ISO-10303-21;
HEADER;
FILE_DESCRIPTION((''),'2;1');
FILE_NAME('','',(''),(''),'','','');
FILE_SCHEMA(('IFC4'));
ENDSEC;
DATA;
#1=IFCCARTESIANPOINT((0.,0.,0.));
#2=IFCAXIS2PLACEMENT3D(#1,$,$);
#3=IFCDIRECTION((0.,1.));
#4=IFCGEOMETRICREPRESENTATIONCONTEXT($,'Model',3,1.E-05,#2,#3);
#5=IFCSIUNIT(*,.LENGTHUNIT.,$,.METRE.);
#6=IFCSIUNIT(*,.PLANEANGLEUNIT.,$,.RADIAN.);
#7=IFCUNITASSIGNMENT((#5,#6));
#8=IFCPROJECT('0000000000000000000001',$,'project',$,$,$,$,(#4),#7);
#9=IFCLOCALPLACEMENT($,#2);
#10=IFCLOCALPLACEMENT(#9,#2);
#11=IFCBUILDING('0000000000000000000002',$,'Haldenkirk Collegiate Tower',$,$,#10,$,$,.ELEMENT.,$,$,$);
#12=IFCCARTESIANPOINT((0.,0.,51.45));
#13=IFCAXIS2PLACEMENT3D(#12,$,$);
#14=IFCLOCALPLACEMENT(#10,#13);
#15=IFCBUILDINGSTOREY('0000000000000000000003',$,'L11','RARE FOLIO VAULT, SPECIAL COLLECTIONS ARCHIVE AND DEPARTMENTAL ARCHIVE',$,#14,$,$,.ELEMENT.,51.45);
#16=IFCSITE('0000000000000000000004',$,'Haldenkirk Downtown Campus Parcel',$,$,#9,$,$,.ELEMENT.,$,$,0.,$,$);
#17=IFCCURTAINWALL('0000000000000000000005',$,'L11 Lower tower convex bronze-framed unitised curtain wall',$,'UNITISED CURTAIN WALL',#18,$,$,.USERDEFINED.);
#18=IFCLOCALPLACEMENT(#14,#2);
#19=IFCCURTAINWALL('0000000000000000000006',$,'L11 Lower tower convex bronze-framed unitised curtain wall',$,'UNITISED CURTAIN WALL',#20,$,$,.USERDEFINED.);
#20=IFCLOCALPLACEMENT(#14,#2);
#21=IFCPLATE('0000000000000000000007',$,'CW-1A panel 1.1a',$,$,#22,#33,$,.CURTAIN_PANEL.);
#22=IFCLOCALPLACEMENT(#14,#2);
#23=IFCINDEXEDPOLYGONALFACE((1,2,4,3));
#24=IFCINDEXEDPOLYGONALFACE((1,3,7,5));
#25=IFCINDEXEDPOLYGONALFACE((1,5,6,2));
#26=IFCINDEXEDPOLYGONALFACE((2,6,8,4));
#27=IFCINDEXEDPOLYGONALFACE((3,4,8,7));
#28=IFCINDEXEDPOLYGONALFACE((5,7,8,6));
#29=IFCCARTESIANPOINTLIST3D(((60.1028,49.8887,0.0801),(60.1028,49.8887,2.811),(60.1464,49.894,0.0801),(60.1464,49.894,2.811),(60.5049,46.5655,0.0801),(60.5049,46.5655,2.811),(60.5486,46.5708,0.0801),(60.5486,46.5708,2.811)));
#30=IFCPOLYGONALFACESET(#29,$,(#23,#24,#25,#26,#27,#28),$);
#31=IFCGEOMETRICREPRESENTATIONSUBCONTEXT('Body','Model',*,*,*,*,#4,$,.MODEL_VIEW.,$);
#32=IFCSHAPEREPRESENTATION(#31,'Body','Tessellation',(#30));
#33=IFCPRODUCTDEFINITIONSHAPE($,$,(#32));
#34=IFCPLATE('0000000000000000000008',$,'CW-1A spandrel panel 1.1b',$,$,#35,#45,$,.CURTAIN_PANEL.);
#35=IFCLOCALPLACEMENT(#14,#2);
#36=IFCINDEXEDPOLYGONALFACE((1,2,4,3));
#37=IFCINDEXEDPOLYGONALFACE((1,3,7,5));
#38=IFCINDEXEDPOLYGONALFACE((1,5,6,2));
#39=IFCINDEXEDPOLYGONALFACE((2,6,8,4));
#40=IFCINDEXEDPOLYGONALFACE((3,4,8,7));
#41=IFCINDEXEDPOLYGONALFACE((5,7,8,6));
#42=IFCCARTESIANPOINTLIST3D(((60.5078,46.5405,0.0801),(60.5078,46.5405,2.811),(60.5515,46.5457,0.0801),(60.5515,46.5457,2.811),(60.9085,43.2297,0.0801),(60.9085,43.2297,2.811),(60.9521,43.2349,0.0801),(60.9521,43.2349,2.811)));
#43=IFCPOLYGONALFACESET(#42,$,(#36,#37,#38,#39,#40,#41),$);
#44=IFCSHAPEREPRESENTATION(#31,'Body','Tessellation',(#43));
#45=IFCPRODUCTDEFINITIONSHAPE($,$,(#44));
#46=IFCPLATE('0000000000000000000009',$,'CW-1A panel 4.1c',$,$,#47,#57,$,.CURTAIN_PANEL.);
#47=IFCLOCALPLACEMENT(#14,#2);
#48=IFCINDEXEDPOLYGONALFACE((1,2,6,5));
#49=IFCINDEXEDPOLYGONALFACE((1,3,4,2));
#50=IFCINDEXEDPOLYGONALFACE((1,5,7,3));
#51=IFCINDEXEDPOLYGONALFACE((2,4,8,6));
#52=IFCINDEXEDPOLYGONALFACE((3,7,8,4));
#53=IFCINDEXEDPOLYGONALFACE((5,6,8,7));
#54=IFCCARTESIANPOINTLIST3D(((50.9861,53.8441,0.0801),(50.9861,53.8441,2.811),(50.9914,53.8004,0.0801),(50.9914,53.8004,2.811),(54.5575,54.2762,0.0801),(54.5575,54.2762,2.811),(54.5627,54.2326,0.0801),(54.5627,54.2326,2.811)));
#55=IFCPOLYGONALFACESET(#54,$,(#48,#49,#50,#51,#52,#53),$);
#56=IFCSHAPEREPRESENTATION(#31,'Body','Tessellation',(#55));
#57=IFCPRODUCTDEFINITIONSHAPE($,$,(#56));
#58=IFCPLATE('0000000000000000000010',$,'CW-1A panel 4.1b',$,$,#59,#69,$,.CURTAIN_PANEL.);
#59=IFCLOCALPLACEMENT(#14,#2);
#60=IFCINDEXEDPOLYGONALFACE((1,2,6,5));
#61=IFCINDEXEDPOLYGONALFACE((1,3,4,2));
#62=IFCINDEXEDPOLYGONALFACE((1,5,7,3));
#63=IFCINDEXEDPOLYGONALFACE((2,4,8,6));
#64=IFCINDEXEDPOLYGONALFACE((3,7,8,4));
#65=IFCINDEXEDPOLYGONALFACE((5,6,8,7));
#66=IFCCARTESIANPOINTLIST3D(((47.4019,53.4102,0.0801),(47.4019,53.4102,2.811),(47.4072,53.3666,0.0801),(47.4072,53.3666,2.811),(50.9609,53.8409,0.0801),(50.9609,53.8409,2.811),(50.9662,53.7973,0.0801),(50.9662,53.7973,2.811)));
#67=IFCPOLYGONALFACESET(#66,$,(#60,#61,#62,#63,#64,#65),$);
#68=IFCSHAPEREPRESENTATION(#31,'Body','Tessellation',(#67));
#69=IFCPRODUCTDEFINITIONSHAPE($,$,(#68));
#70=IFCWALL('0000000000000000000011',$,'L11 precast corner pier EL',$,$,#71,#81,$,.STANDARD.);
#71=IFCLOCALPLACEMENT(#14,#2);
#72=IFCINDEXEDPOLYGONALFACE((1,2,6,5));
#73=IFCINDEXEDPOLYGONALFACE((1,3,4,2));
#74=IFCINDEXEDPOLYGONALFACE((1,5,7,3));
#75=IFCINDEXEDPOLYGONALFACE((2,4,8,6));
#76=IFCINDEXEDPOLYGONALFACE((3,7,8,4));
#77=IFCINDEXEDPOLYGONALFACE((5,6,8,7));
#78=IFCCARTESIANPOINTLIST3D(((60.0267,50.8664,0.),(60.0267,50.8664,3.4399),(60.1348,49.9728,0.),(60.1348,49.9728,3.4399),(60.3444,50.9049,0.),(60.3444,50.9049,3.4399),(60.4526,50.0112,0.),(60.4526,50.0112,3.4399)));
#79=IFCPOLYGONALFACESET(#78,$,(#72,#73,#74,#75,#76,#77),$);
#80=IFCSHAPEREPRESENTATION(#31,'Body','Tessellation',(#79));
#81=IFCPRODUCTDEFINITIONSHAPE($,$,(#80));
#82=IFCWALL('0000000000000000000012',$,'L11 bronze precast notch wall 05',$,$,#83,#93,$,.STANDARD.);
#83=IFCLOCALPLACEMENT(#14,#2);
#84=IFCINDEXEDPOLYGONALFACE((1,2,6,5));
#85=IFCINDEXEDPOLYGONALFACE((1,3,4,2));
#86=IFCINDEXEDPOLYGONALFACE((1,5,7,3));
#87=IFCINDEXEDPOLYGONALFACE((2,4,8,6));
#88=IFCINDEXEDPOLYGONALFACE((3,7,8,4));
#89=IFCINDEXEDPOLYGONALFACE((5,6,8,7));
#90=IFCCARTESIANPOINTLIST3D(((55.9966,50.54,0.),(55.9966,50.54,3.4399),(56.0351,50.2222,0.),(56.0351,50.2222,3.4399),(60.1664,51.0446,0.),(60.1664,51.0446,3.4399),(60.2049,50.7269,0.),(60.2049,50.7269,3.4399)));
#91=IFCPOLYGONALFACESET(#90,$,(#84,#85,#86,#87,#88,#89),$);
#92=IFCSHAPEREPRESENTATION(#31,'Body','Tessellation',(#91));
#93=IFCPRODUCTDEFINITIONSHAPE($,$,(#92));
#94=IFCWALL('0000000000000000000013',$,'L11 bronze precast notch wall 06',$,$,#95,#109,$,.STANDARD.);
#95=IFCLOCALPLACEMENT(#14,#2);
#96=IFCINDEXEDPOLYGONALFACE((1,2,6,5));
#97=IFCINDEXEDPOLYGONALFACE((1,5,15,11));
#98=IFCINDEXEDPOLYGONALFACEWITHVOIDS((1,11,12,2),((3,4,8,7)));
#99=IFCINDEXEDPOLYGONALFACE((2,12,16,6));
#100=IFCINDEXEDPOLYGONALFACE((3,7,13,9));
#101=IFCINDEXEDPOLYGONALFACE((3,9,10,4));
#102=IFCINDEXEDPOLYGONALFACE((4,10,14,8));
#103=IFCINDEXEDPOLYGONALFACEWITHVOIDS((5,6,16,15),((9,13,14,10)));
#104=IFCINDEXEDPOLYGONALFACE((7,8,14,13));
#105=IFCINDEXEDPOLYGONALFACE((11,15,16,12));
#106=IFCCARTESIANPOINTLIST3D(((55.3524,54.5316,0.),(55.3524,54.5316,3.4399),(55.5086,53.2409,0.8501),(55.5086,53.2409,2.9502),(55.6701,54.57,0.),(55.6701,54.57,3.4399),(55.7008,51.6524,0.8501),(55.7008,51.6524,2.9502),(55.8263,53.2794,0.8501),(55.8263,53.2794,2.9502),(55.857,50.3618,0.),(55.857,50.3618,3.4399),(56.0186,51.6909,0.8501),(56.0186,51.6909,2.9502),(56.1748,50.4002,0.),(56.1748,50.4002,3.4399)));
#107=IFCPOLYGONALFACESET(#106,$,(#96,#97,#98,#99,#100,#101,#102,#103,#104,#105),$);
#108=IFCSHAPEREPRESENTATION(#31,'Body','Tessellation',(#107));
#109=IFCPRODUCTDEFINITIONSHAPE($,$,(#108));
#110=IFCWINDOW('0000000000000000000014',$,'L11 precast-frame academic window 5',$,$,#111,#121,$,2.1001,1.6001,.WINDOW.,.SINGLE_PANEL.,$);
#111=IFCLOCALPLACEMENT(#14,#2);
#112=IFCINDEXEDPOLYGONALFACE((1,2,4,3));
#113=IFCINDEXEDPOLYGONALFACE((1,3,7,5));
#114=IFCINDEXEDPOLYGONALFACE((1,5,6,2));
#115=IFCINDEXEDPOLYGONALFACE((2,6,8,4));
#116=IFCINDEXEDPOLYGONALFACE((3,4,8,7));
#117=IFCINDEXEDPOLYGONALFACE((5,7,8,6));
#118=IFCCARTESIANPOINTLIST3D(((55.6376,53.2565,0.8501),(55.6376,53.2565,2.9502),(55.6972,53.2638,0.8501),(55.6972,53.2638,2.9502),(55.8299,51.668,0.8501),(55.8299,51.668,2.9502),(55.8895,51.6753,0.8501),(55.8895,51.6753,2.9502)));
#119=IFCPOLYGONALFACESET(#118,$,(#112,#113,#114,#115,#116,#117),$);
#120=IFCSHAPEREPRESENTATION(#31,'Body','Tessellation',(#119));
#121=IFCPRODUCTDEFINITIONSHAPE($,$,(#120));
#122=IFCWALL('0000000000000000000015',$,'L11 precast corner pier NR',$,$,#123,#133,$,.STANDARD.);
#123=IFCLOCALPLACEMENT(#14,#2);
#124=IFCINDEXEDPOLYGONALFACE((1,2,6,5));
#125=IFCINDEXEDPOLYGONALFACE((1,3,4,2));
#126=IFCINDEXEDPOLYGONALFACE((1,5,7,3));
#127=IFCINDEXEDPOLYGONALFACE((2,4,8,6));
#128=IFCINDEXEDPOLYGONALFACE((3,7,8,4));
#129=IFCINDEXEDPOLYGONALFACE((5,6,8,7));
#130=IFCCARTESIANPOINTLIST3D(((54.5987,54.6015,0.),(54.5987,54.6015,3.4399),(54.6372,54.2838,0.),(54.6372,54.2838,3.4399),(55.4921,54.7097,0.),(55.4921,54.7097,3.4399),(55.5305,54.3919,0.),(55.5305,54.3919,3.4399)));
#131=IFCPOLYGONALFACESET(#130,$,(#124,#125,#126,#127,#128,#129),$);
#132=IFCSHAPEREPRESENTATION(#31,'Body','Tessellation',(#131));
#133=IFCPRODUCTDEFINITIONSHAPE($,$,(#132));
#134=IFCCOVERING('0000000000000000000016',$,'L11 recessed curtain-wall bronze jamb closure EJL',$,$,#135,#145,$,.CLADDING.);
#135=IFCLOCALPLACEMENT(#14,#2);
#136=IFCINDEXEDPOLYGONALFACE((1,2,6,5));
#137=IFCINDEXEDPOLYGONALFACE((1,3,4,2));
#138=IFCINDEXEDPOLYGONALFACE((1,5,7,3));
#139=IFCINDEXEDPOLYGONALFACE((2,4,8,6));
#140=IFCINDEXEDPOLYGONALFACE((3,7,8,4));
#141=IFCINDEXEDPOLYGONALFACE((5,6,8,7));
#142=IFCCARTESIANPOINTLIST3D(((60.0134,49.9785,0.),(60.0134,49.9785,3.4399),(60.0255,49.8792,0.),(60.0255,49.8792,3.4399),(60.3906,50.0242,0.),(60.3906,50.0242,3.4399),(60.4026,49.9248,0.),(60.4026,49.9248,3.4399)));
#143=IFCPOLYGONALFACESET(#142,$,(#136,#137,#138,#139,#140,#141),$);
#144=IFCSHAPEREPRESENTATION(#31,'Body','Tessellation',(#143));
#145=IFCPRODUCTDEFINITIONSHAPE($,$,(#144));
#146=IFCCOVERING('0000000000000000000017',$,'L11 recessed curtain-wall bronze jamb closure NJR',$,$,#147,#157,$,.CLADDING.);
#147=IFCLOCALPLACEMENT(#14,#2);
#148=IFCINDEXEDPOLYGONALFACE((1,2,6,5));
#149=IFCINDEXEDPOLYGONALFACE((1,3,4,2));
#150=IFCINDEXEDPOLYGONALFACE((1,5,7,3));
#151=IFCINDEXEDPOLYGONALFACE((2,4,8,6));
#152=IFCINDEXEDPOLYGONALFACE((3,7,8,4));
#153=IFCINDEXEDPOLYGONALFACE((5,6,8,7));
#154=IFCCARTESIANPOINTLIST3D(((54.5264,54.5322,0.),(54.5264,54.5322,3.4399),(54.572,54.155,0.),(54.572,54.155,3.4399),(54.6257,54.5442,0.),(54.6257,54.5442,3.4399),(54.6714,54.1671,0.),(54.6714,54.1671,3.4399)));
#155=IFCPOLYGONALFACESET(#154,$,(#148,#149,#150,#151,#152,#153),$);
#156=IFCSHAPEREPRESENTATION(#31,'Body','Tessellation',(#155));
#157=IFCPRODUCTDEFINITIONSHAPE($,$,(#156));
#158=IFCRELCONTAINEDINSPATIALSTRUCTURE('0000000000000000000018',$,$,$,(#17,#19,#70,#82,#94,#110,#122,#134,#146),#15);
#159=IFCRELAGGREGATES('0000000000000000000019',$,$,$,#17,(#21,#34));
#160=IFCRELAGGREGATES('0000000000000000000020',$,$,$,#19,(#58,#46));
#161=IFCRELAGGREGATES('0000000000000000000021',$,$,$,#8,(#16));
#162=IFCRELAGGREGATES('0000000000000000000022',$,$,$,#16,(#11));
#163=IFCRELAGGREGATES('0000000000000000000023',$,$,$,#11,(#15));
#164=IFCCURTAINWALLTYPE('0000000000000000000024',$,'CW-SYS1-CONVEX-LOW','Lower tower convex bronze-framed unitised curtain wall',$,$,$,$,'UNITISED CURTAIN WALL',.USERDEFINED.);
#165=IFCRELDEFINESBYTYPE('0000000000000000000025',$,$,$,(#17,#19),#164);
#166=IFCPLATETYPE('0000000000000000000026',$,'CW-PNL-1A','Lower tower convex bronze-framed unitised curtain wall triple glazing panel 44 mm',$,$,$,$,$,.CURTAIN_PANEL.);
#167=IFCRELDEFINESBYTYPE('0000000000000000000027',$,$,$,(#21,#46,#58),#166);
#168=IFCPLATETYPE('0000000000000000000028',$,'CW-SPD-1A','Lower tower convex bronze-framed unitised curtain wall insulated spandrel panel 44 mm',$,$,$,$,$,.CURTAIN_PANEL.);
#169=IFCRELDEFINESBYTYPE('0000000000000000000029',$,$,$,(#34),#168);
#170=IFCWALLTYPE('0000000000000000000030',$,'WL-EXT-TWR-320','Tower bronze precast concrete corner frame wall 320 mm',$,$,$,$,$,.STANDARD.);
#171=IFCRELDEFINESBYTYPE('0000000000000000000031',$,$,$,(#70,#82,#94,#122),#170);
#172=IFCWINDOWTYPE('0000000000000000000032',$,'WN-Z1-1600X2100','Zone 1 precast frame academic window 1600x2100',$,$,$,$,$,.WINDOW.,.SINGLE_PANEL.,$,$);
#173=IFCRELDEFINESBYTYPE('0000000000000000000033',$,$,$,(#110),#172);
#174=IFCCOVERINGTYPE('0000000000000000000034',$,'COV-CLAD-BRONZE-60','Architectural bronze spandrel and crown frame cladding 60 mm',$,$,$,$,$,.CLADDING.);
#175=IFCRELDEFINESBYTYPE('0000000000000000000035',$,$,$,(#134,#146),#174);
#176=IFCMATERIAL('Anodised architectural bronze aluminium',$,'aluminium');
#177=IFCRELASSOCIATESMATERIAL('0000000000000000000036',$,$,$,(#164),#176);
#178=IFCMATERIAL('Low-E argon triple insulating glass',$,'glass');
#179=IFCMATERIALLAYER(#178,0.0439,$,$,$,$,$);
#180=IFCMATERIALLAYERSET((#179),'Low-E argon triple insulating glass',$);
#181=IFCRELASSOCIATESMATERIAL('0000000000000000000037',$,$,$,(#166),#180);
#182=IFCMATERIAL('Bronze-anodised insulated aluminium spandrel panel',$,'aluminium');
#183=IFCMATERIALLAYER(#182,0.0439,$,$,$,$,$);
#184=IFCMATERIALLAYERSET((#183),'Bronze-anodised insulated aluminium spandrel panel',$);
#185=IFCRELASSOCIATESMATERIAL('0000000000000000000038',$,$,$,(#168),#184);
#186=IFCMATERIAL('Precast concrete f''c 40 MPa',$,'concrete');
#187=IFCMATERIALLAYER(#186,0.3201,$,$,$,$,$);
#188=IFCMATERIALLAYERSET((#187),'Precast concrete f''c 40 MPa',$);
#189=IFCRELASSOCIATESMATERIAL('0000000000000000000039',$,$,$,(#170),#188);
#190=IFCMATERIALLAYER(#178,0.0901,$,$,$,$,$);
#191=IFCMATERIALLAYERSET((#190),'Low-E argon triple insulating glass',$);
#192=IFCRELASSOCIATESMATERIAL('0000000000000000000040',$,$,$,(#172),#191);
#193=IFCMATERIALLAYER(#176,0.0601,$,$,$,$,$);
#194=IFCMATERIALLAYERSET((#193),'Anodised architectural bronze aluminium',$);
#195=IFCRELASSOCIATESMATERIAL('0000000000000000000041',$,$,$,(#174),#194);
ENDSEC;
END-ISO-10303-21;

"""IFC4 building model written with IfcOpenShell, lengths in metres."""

from ifc_helpers import new_model, si_unit, direction, frame, frame_2d, origin, origin_2d, place, context, subcontext, project, spatial, rectangle, extrude, source, transform, mapped, material, layer, layer_set, type_object, element, fill, aggregate, save


model = new_model("IFC4")

# Units and contexts
model_context = context("Model", 3, precision=1e-05, world=origin(), true_north=direction((0.0, 1.0)))
body_context = subcontext(model_context, "Body", "Model", "MODEL_VIEW")
ifc_project = project(units=[si_unit("LENGTHUNIT", "METRE"), si_unit("PLANEANGLEUNIT", "RADIAN")], contexts=[model_context])

# Site, building, storey
site_placement = place(None, origin())
site = spatial("IfcSite", under=ifc_project, at=site_placement, Name="Haldenkirk Downtown Campus Parcel", CompositionType="ELEMENT", RefElevation=0.0)
building_placement = place(site_placement, origin())
building = spatial("IfcBuilding", under=site, at=building_placement, Name="Haldenkirk Collegiate Tower", CompositionType="ELEMENT")
storey_placement = place(building_placement, frame((0.0, 0.0, 51.45)))
storey = spatial("IfcBuildingStorey", under=building, at=storey_placement, Name="L11", Description="RARE FOLIO VAULT, SPECIAL COLLECTIONS ARCHIVE AND DEPARTMENTAL ARCHIVE", CompositionType="ELEMENT", Elevation=51.45)

# Curtain walls
ifc_material_1 = material(Name="Anodised architectural bronze aluminium", Category="aluminium")
curtain_wall_type = type_object("IfcCurtainWallType", Name="CW-SYS1-CONVEX-LOW", Description="Lower tower convex bronze-framed unitised curtain wall", ElementType="UNITISED CURTAIN WALL", PredefinedType="USERDEFINED", material=ifc_material_1)
curtain_wall_1_placement = place(storey_placement, origin())
curtain_wall_1 = element("IfcCurtainWall", 1, at=curtain_wall_1_placement, inside=storey, type_object=curtain_wall_type, Name="L11 Lower tower convex bronze-framed unitised curtain wall", ObjectType="UNITISED CURTAIN WALL", PredefinedType="USERDEFINED")
curtain_wall_2_placement = place(storey_placement, origin())
curtain_wall_2 = element("IfcCurtainWall", 2, at=curtain_wall_2_placement, inside=storey, type_object=curtain_wall_type, Name="L11 Lower tower convex bronze-framed unitised curtain wall", ObjectType="UNITISED CURTAIN WALL", PredefinedType="USERDEFINED")

# Plates
ifc_material_2 = material(Name="Low-E argon triple insulating glass", Category="glass")
ifc_layer_1 = layer(ifc_material_2, 0.0439)
ifc_layer_set_1 = layer_set([ifc_layer_1], Name="Low-E argon triple insulating glass")
plate_type_1 = type_object("IfcPlateType", Name="CW-PNL-1A", Description="Lower tower convex bronze-framed unitised curtain wall triple glazing panel 44 mm", PredefinedType="CURTAIN_PANEL", material=ifc_layer_set_1)
shared_shape_1 = source(origin(), body_context, "Body", "SweptSolid", [
    extrude(rectangle(XDim=3.3474, YDim=0.0439, at=origin_2d()), origin(), (0.0, 0.0, 1.0), 2.731),
])
plate_1_placement = place(storey_placement, frame((60.3257, 48.2297, 0.0801), z_axis=(0.0, 0.0, 1.0), x_axis=(0.120137, -0.992757, 0.0)))
plate_1 = element("IfcPlate", 3, at=plate_1_placement, type_object=plate_type_1, Name="CW-1A panel 1.1a", PredefinedType="CURTAIN_PANEL", context=body_context, shape_type="MappedRepresentation", body=[
    mapped(shared_shape_1, transform((0.0, 0.0, 0.0), x_axis=(1.0, 0.0, 0.0), y_axis=(0.0, 1.0, 0.0), z_axis=(0.0, 0.0, 1.0), scale=1.0)),
])
ifc_material_3 = material(Name="Bronze-anodised insulated aluminium spandrel panel", Category="aluminium")
ifc_layer_2 = layer(ifc_material_3, 0.0439)
ifc_layer_set_2 = layer_set([ifc_layer_2], Name="Bronze-anodised insulated aluminium spandrel panel")
plate_type_2 = type_object("IfcPlateType", Name="CW-SPD-1A", Description="Lower tower convex bronze-framed unitised curtain wall insulated spandrel panel 44 mm", PredefinedType="CURTAIN_PANEL", material=ifc_layer_set_2)
shared_shape_2 = source(origin(), body_context, "Body", "SweptSolid", [
    extrude(rectangle(XDim=3.335, YDim=0.0439, at=origin_2d()), origin(), (0.0, 0.0, 1.0), 2.731),
])
plate_2_placement = place(storey_placement, frame((60.73, 44.8877, 0.0801), z_axis=(0.0, 0.0, 1.0), x_axis=(0.120137, -0.992757, 0.0)))
plate_2 = element("IfcPlate", 4, at=plate_2_placement, type_object=plate_type_2, Name="CW-1A spandrel panel 1.1b", PredefinedType="CURTAIN_PANEL", context=body_context, shape_type="MappedRepresentation", body=[
    mapped(shared_shape_2, transform((0.0, 0.0, 0.0), x_axis=(1.0, 0.0, 0.0), y_axis=(0.0, 1.0, 0.0), z_axis=(0.0, 0.0, 1.0), scale=1.0)),
])
aggregate(curtain_wall_1, [plate_1, plate_2])
shared_shape_3 = source(origin(), body_context, "Body", "SweptSolid", [
    extrude(rectangle(XDim=3.5974, YDim=0.0439, at=origin_2d()), origin(), (0.0, 0.0, 1.0), 2.731),
])
plate_3_placement = place(storey_placement, frame((52.7744, 54.0383, 0.0801), z_axis=(0.0, 0.0, 1.0), x_axis=(0.992757, 0.120137, 0.0)))
plate_3 = element("IfcPlate", 5, at=plate_3_placement, type_object=plate_type_1, Name="CW-1A panel 4.1c", PredefinedType="CURTAIN_PANEL", context=body_context, shape_type="MappedRepresentation", body=[
    mapped(shared_shape_3, transform((0.0, 0.0, 0.0), x_axis=(1.0, 0.0, 0.0), y_axis=(0.0, 1.0, 0.0), z_axis=(0.0, 0.0, 1.0), scale=1.0)),
])
shared_shape_4 = source(origin(), body_context, "Body", "SweptSolid", [
    extrude(rectangle(XDim=3.585, YDim=0.0439, at=origin_2d()), origin(), (0.0, 0.0, 1.0), 2.731),
])
plate_4_placement = place(storey_placement, frame((49.1841, 53.6038, 0.0801), z_axis=(0.0, 0.0, 1.0), x_axis=(0.992757, 0.120137, 0.0)))
plate_4 = element("IfcPlate", 6, at=plate_4_placement, type_object=plate_type_1, Name="CW-1A panel 4.1b", PredefinedType="CURTAIN_PANEL", context=body_context, shape_type="MappedRepresentation", body=[
    mapped(shared_shape_4, transform((0.0, 0.0, 0.0), x_axis=(1.0, 0.0, 0.0), y_axis=(0.0, 1.0, 0.0), z_axis=(0.0, 0.0, 1.0), scale=1.0)),
])
aggregate(curtain_wall_2, [plate_4, plate_3])

# Walls
ifc_material_4 = material(Name="Precast concrete f'c 40 MPa", Category="concrete")
ifc_layer_3 = layer(ifc_material_4, 0.3201)
ifc_layer_set_3 = layer_set([ifc_layer_3], Name="Precast concrete f'c 40 MPa")
wall_type = type_object("IfcWallType", Name="WL-EXT-TWR-320", Description="Tower bronze precast concrete corner frame wall 320 mm", PredefinedType="STANDARD", material=ifc_layer_set_3)
wall_1_placement = place(storey_placement, frame((60.1855, 50.8857, 0.0), z_axis=(0.0, 0.0, 1.0), x_axis=(0.120161, -0.992754, 0.0)))
element("IfcWall", 7, at=wall_1_placement, inside=storey, type_object=wall_type, Name="L11 precast corner pier EL", PredefinedType="STANDARD", context=body_context, shape_type="SweptSolid", body=[
    extrude(rectangle(XDim=0.9001, YDim=0.3201, at=frame_2d((0.4502, 0.0))), origin(), (0.0, 0.0, 1.0), 3.4399),
])
wall_2_placement = place(storey_placement, frame((56.0159, 50.3811, 0.0), z_axis=(0.0, 0.0, 1.0), x_axis=(0.992756, 0.120149, 0.0)))
element("IfcWall", 8, at=wall_2_placement, inside=storey, type_object=wall_type, Name="L11 bronze precast notch wall 05", PredefinedType="STANDARD", context=body_context, shape_type="SweptSolid", body=[
    extrude(rectangle(XDim=4.2002, YDim=0.3201, at=frame_2d((2.1001, 0.0))), origin(), (0.0, 0.0, 1.0), 3.4399),
])

# Wall, opening, window
wall_3_placement = place(storey_placement, frame((55.5112, 54.5508, 0.0), z_axis=(0.0, 0.0, 1.0), x_axis=(0.120149, -0.992756, 0.0)))
wall_3 = element("IfcWall", 9, at=wall_3_placement, inside=storey, type_object=wall_type, Name="L11 bronze precast notch wall 06", PredefinedType="STANDARD", context=body_context, shape_type="SweptSolid", body=[
    extrude(rectangle(XDim=4.2002, YDim=0.3201, at=frame_2d((2.1001, 0.0))), origin(), (0.0, 0.0, 1.0), 3.4399),
])
opening_placement = place(wall_3_placement, frame((1.3, 0.0, 0.8501)))
opening = element("IfcOpeningElement", 10, at=opening_placement, cuts=wall_3, PredefinedType="OPENING", context=body_context, shape_type="SweptSolid", body=[
    extrude(rectangle(XDim=1.6001, YDim=2.1001, at=frame_2d((0.8, 1.05))), frame((0.0, 0.1699, 0.0), z_axis=(0.0, -1.0, 0.0), x_axis=(1.0, 0.0, 0.0)), (0.0, 0.0, 1.0), 0.3401),
])
ifc_layer_4 = layer(ifc_material_2, 0.0901)
ifc_layer_set_4 = layer_set([ifc_layer_4], Name="Low-E argon triple insulating glass")
window_type = type_object("IfcWindowType", Name="WN-Z1-1600X2100", Description="Zone 1 precast frame academic window 1600x2100", PartitioningType="SINGLE_PANEL", PredefinedType="WINDOW", material=ifc_layer_set_4)
window_placement = place(opening_placement, origin())
window = element("IfcWindow", 11, at=window_placement, inside=storey, type_object=window_type, Name="L11 precast-frame academic window 5", OverallHeight=2.1001, OverallWidth=1.6001, PartitioningType="SINGLE_PANEL", PredefinedType="WINDOW", context=body_context, shape_type="SweptSolid", body=[
    extrude(rectangle(XDim=1.6001, YDim=2.1001, at=frame_2d((0.8, 1.05))), frame((0.0, 0.03, 0.0), z_axis=(0.0, -1.0, 0.0), x_axis=(1.0, 0.0, 0.0)), (0.0, 0.0, 1.0), 0.0601),
])
fill(opening, window)

# Wall
wall_4_placement = place(storey_placement, frame((54.6179, 54.4426, 0.0), z_axis=(0.0, 0.0, 1.0), x_axis=(0.99275, 0.120194, 0.0)))
element("IfcWall", 12, at=wall_4_placement, inside=storey, type_object=wall_type, Name="L11 precast corner pier NR", PredefinedType="STANDARD", context=body_context, shape_type="SweptSolid", body=[
    extrude(rectangle(XDim=0.8999, YDim=0.3201, at=frame_2d((0.45, 0.0))), origin(), (0.0, 0.0, 1.0), 3.4399),
])

# Coverings
ifc_layer_5 = layer(ifc_material_1, 0.0601)
ifc_layer_set_5 = layer_set([ifc_layer_5], Name="Anodised architectural bronze aluminium")
covering_type = type_object("IfcCoveringType", Name="COV-CLAD-BRONZE-60", Description="Architectural bronze spandrel and crown frame cladding 60 mm", PredefinedType="CLADDING", material=ifc_layer_set_5)
shared_shape_5 = source(origin(), body_context, "Body", "SweptSolid", [
    extrude(rectangle(XDim=0.1001, YDim=0.3799, at=origin_2d()), origin(), (0.0, 0.0, 1.0), 3.4399),
])
for number, where, z_axis, x_axis, name in (
    (13, (60.208, 49.9517, 0.0), (0.0, 0.0, 1.0), (0.120137, -0.992757, 0.0), "L11 recessed curtain-wall bronze jamb closure EJL"),
    (14, (54.5989, 54.3496, 0.0), (0.0, 0.0, 1.0), (0.992757, 0.120137, 0.0), "L11 recessed curtain-wall bronze jamb closure NJR"),
):
    element("IfcCovering", number, at=place(storey_placement, frame(where, z_axis=z_axis, x_axis=x_axis)), inside=storey, type_object=covering_type, Name=name, PredefinedType="CLADDING", context=body_context, shape_type="MappedRepresentation", body=[
        mapped(shared_shape_5, transform((0.0, 0.0, 0.0), x_axis=(1.0, 0.0, 0.0), y_axis=(0.0, 1.0, 0.0), z_axis=(0.0, 0.0, 1.0), scale=1.0)),
    ])

save(model, "model.ifc")
